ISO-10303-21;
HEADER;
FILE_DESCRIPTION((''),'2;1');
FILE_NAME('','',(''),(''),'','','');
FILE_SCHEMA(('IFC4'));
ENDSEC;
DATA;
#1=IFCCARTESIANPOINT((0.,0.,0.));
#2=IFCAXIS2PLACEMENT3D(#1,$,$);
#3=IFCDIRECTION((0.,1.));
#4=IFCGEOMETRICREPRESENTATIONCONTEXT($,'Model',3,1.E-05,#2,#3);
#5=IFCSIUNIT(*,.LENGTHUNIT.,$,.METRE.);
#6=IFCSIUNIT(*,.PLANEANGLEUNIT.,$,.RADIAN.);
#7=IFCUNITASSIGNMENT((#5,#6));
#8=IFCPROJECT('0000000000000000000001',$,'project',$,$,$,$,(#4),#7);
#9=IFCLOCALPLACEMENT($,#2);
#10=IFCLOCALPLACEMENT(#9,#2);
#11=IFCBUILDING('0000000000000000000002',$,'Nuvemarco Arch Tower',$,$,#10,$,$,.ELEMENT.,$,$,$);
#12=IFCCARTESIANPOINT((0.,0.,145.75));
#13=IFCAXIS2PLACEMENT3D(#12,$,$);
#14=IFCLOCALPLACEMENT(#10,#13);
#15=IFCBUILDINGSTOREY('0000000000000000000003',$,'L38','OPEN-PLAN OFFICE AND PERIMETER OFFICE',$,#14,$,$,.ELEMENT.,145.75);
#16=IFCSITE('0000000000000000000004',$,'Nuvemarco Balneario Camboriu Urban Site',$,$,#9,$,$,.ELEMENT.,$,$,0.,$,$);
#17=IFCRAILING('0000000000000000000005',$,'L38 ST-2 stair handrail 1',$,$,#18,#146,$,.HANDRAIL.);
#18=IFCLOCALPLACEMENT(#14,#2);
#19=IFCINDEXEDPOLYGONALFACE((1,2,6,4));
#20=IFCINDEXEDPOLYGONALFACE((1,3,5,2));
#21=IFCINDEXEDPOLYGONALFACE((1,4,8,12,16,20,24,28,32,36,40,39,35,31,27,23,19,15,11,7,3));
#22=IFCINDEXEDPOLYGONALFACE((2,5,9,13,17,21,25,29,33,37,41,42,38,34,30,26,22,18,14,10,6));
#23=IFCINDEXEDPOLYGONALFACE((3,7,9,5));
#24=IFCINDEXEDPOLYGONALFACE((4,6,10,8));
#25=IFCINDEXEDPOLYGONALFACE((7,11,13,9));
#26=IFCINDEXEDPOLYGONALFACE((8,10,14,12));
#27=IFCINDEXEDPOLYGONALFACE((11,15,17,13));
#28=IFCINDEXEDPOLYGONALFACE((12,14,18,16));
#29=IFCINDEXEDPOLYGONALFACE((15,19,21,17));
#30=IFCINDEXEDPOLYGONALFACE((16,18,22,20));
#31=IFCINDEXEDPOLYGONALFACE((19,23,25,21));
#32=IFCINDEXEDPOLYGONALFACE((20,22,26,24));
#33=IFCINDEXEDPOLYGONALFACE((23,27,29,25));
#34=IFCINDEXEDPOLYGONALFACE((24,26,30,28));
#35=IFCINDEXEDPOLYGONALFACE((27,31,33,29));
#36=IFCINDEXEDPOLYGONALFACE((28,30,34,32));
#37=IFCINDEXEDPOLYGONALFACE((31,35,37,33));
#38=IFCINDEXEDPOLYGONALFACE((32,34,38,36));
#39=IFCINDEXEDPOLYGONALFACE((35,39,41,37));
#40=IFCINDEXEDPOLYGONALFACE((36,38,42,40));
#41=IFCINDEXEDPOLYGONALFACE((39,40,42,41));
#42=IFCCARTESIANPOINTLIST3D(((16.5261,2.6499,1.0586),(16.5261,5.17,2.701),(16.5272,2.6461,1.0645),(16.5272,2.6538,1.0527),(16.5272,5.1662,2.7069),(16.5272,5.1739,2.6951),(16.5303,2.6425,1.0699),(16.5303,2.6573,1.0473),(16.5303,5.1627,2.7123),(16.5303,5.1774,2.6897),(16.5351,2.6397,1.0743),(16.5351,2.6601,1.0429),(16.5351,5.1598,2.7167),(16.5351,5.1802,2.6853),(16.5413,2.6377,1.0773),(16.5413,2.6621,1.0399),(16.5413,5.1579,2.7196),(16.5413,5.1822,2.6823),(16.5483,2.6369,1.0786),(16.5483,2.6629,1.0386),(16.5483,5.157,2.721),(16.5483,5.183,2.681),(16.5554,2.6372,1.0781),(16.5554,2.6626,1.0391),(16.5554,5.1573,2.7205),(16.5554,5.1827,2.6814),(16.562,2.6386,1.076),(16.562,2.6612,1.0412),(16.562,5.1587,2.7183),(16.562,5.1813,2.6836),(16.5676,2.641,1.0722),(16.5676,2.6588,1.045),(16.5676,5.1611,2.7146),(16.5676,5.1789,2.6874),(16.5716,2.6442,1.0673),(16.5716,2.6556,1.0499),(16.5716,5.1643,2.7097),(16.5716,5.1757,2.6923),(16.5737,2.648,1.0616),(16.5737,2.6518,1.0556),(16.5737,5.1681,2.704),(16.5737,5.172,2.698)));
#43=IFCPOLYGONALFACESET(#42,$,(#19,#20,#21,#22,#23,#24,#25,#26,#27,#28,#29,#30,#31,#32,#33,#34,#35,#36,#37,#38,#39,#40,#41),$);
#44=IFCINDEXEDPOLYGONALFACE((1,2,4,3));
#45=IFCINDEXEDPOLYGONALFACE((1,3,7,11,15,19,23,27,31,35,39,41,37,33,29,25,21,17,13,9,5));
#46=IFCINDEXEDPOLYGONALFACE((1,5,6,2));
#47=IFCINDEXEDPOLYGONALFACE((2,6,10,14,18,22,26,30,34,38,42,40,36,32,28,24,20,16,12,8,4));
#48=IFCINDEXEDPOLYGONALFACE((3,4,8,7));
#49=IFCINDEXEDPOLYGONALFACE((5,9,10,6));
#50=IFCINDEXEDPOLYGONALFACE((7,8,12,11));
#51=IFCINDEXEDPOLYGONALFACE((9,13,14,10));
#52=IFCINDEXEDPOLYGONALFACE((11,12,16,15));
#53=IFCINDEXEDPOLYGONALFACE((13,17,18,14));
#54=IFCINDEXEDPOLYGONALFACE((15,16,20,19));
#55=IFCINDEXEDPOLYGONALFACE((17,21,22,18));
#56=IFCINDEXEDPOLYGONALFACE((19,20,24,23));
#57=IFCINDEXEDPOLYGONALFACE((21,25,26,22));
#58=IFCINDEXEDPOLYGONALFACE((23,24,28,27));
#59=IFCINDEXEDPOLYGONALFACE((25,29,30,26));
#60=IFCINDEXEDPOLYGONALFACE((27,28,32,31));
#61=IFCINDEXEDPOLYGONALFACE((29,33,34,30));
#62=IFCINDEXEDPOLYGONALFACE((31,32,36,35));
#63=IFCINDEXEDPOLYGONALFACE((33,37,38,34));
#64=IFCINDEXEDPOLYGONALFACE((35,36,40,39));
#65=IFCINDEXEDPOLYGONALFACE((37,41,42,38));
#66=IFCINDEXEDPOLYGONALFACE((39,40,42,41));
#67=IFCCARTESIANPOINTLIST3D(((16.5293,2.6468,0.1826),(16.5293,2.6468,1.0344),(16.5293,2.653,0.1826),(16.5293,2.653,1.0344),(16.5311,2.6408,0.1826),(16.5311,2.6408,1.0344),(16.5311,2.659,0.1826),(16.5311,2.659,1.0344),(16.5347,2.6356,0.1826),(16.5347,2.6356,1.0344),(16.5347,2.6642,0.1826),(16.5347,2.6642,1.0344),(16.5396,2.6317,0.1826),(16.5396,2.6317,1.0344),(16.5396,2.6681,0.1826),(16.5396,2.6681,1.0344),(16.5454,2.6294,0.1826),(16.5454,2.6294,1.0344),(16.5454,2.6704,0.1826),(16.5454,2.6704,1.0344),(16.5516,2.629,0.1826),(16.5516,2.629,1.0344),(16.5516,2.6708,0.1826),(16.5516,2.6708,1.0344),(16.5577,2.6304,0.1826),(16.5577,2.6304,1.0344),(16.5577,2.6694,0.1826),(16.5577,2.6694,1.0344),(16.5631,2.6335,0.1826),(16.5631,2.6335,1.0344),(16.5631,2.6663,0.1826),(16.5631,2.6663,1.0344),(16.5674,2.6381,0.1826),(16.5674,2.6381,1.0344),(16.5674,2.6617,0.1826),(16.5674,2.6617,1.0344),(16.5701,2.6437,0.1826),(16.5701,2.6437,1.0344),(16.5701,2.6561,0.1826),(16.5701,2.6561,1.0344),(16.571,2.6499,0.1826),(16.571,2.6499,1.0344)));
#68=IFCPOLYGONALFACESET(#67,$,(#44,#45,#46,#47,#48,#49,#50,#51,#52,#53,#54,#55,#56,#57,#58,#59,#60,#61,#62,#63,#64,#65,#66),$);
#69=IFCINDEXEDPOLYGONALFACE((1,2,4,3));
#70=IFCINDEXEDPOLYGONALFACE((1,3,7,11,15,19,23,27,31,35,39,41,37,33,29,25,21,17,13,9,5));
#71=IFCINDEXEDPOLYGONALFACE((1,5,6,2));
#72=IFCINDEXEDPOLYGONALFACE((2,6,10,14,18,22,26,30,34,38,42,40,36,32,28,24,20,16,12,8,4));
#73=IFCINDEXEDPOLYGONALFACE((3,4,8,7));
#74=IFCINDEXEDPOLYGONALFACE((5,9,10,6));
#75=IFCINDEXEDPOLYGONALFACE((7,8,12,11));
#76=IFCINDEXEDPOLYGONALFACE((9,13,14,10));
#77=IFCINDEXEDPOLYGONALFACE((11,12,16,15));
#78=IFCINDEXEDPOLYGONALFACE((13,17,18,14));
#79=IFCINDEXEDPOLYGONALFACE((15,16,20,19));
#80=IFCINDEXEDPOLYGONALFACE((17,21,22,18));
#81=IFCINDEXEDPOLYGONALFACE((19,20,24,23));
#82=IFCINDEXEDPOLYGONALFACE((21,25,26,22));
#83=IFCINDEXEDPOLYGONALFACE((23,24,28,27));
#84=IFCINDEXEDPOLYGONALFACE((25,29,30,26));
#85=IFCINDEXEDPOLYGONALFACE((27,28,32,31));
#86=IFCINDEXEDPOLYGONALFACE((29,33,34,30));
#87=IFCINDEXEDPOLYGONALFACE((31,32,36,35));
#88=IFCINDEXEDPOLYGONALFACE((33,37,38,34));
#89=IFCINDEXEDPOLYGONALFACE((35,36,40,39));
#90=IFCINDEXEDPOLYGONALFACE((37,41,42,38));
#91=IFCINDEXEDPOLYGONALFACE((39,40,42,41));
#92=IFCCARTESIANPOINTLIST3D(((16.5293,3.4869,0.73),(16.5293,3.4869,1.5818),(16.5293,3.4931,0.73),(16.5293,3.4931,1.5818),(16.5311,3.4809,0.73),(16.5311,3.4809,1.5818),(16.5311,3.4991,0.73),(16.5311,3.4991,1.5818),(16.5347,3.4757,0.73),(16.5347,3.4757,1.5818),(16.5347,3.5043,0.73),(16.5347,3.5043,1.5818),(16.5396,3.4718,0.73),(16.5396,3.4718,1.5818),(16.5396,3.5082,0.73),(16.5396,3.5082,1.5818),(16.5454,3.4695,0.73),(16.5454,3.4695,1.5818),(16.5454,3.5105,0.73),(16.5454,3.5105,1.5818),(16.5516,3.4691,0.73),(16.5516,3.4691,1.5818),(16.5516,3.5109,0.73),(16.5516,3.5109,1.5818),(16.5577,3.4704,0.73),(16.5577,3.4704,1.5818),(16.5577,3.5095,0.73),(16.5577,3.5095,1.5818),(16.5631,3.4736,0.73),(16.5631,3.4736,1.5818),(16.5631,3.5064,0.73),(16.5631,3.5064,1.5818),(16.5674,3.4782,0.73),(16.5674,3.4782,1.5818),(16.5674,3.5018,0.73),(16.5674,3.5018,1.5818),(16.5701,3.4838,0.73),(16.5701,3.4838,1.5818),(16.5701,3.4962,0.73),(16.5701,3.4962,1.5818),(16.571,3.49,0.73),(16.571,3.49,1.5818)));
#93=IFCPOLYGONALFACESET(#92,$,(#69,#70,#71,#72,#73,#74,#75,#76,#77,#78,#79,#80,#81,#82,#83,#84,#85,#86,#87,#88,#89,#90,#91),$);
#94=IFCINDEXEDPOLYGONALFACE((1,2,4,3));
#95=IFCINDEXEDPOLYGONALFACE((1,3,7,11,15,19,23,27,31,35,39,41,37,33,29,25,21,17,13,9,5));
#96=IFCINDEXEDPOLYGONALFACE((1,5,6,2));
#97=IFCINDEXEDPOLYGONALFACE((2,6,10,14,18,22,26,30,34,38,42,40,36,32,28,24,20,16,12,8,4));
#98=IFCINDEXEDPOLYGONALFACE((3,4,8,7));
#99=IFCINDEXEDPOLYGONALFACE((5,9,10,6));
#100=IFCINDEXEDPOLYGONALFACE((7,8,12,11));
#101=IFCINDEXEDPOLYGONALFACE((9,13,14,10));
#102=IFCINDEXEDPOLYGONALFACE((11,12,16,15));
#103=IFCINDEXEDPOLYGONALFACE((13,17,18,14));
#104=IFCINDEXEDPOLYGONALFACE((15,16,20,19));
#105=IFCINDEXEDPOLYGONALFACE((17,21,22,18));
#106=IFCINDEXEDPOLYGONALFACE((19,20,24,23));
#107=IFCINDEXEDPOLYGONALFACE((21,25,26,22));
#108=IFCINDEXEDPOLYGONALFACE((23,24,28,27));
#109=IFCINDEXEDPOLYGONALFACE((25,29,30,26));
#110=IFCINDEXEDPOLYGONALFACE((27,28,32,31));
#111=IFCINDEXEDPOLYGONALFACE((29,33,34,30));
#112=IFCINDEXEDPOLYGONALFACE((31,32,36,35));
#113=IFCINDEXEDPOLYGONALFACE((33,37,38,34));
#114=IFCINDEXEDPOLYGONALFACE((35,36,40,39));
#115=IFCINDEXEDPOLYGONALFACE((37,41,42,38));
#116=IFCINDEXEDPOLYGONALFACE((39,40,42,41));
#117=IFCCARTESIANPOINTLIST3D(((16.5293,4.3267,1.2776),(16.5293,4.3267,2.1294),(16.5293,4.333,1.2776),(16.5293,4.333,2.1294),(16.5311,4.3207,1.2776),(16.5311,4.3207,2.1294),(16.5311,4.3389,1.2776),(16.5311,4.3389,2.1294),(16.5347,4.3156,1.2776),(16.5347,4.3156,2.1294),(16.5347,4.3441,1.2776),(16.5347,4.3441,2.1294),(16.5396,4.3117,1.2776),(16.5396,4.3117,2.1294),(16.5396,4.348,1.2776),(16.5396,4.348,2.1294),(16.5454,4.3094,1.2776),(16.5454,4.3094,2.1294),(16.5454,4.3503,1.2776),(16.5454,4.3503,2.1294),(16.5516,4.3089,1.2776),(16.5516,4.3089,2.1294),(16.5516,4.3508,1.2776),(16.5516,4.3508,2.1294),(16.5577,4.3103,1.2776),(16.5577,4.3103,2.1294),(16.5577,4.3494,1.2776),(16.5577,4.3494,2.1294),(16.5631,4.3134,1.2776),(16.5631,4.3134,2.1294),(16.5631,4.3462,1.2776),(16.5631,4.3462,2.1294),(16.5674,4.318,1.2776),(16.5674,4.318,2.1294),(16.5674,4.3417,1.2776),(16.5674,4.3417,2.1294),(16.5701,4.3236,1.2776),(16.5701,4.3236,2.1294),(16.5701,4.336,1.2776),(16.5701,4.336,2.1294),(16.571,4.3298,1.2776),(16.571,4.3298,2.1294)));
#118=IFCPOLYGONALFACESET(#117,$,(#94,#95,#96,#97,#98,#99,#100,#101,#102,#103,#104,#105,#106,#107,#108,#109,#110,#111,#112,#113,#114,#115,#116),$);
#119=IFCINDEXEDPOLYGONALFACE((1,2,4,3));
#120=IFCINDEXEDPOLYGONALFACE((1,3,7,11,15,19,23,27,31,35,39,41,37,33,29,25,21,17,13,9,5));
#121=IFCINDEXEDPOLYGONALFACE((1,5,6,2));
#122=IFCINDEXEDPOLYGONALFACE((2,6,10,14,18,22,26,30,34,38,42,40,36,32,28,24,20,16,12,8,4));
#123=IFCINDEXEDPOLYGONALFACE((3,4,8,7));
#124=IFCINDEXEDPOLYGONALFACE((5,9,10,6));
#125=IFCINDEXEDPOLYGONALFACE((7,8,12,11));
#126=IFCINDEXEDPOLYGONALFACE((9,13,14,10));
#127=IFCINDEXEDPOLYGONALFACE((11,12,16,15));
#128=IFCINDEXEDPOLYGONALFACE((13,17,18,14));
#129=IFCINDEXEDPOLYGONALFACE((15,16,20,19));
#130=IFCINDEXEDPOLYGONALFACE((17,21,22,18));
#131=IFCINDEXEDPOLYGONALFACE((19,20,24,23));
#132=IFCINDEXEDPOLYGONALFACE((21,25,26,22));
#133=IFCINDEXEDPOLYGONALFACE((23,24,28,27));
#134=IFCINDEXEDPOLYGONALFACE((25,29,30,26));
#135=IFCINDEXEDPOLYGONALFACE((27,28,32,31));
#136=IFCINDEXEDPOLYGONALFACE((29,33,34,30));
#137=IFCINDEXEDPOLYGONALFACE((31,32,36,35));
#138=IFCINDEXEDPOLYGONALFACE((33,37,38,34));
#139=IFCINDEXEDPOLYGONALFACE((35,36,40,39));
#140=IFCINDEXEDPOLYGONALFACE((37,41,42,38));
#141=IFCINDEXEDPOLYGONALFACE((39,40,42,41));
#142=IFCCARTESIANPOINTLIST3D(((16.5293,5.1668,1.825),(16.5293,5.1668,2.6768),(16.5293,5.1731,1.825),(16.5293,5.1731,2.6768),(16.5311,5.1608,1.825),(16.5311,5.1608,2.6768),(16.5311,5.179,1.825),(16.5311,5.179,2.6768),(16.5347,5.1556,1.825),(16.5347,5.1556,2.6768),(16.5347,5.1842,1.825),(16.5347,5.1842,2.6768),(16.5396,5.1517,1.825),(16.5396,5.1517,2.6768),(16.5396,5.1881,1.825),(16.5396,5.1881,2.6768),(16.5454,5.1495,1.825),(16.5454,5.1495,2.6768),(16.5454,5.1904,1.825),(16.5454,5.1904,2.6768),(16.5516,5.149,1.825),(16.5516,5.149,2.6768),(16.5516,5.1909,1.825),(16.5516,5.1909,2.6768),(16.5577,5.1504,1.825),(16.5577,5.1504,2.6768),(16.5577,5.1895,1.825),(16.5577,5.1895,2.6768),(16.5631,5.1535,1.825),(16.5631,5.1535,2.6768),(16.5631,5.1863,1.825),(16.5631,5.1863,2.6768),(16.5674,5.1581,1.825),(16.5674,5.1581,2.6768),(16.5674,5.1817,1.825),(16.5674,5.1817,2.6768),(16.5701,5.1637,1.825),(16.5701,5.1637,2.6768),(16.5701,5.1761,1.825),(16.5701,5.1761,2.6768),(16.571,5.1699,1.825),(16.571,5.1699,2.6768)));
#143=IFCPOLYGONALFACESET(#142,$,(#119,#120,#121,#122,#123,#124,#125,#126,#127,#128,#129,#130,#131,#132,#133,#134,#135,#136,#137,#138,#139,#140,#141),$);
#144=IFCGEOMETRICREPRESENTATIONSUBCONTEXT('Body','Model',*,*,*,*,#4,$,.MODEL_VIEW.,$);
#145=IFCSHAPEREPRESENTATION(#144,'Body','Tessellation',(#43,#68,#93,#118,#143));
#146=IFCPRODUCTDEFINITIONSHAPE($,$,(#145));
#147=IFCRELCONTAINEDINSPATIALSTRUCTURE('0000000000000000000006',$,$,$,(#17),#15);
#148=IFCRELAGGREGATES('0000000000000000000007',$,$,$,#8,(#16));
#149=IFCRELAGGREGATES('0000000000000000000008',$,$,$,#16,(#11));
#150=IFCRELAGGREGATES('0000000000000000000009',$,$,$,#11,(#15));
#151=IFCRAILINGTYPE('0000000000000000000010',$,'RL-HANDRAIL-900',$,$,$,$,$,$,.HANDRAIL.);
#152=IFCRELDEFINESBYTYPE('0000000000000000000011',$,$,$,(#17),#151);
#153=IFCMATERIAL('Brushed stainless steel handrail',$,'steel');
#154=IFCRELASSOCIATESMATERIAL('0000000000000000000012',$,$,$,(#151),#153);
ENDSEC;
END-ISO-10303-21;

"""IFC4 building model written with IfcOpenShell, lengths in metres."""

from ifc_helpers import new_model, si_unit, direction, frame, origin, origin_2d, place, context, subcontext, project, spatial, circle, extrude, material, type_object, element, save


model = new_model("IFC4")

# Units and contexts
model_context = context("Model", 3, precision=1e-05, world=origin(), true_north=direction((0.0, 1.0)))
body_context = subcontext(model_context, "Body", "Model", "MODEL_VIEW")
ifc_project = project(units=[si_unit("LENGTHUNIT", "METRE"), si_unit("PLANEANGLEUNIT", "RADIAN")], contexts=[model_context])

# Site, building, storey
site_placement = place(None, origin())
site = spatial("IfcSite", under=ifc_project, at=site_placement, Name="Nuvemarco Balneario Camboriu Urban Site", CompositionType="ELEMENT", RefElevation=0.0)
building_placement = place(site_placement, origin())
building = spatial("IfcBuilding", under=site, at=building_placement, Name="Nuvemarco Arch Tower", CompositionType="ELEMENT")
storey_placement = place(building_placement, frame((0.0, 0.0, 145.75)))
storey = spatial("IfcBuildingStorey", under=building, at=storey_placement, Name="L38", Description="OPEN-PLAN OFFICE AND PERIMETER OFFICE", CompositionType="ELEMENT", Elevation=145.75)

# Railing
ifc_material_1 = material(Name="Brushed stainless steel handrail", Category="steel")
railing_type_1 = type_object("IfcRailingType", Name="RL-HANDRAIL-900", PredefinedType="HANDRAIL", material=ifc_material_1)
railing_1_placement = place(storey_placement, frame((16.55, 2.6499, 0.1826)))
element("IfcRailing", 1, at=railing_1_placement, inside=storey, type_object=railing_type_1, Name="L38 ST-2 stair handrail 1", PredefinedType="HANDRAIL", context=body_context, shape_type="SweptSolid", body=[
    extrude(circle(Radius=0.0239, at=origin_2d()), frame((0.0, 0.0, 0.876), z_axis=(0.0, 0.837787, 0.545998), x_axis=(-1.0, 0.0, 0.0)), (0.0, 0.0, 1.0), 3.0081),
    extrude(circle(Radius=0.021, at=origin_2d()), origin(), (0.0, 0.0, 1.0), 0.8518),
    extrude(circle(Radius=0.021, at=origin_2d()), frame((0.0, 0.8401, 0.5474)), (0.0, 0.0, 1.0), 0.8518),
    extrude(circle(Radius=0.021, at=origin_2d()), frame((0.0, 1.6799, 1.095)), (0.0, 0.0, 1.0), 0.8518),
    extrude(circle(Radius=0.021, at=origin_2d()), frame((0.0, 2.52, 1.6423)), (0.0, 0.0, 1.0), 0.8518),
])

save(model, "model.ifc")
